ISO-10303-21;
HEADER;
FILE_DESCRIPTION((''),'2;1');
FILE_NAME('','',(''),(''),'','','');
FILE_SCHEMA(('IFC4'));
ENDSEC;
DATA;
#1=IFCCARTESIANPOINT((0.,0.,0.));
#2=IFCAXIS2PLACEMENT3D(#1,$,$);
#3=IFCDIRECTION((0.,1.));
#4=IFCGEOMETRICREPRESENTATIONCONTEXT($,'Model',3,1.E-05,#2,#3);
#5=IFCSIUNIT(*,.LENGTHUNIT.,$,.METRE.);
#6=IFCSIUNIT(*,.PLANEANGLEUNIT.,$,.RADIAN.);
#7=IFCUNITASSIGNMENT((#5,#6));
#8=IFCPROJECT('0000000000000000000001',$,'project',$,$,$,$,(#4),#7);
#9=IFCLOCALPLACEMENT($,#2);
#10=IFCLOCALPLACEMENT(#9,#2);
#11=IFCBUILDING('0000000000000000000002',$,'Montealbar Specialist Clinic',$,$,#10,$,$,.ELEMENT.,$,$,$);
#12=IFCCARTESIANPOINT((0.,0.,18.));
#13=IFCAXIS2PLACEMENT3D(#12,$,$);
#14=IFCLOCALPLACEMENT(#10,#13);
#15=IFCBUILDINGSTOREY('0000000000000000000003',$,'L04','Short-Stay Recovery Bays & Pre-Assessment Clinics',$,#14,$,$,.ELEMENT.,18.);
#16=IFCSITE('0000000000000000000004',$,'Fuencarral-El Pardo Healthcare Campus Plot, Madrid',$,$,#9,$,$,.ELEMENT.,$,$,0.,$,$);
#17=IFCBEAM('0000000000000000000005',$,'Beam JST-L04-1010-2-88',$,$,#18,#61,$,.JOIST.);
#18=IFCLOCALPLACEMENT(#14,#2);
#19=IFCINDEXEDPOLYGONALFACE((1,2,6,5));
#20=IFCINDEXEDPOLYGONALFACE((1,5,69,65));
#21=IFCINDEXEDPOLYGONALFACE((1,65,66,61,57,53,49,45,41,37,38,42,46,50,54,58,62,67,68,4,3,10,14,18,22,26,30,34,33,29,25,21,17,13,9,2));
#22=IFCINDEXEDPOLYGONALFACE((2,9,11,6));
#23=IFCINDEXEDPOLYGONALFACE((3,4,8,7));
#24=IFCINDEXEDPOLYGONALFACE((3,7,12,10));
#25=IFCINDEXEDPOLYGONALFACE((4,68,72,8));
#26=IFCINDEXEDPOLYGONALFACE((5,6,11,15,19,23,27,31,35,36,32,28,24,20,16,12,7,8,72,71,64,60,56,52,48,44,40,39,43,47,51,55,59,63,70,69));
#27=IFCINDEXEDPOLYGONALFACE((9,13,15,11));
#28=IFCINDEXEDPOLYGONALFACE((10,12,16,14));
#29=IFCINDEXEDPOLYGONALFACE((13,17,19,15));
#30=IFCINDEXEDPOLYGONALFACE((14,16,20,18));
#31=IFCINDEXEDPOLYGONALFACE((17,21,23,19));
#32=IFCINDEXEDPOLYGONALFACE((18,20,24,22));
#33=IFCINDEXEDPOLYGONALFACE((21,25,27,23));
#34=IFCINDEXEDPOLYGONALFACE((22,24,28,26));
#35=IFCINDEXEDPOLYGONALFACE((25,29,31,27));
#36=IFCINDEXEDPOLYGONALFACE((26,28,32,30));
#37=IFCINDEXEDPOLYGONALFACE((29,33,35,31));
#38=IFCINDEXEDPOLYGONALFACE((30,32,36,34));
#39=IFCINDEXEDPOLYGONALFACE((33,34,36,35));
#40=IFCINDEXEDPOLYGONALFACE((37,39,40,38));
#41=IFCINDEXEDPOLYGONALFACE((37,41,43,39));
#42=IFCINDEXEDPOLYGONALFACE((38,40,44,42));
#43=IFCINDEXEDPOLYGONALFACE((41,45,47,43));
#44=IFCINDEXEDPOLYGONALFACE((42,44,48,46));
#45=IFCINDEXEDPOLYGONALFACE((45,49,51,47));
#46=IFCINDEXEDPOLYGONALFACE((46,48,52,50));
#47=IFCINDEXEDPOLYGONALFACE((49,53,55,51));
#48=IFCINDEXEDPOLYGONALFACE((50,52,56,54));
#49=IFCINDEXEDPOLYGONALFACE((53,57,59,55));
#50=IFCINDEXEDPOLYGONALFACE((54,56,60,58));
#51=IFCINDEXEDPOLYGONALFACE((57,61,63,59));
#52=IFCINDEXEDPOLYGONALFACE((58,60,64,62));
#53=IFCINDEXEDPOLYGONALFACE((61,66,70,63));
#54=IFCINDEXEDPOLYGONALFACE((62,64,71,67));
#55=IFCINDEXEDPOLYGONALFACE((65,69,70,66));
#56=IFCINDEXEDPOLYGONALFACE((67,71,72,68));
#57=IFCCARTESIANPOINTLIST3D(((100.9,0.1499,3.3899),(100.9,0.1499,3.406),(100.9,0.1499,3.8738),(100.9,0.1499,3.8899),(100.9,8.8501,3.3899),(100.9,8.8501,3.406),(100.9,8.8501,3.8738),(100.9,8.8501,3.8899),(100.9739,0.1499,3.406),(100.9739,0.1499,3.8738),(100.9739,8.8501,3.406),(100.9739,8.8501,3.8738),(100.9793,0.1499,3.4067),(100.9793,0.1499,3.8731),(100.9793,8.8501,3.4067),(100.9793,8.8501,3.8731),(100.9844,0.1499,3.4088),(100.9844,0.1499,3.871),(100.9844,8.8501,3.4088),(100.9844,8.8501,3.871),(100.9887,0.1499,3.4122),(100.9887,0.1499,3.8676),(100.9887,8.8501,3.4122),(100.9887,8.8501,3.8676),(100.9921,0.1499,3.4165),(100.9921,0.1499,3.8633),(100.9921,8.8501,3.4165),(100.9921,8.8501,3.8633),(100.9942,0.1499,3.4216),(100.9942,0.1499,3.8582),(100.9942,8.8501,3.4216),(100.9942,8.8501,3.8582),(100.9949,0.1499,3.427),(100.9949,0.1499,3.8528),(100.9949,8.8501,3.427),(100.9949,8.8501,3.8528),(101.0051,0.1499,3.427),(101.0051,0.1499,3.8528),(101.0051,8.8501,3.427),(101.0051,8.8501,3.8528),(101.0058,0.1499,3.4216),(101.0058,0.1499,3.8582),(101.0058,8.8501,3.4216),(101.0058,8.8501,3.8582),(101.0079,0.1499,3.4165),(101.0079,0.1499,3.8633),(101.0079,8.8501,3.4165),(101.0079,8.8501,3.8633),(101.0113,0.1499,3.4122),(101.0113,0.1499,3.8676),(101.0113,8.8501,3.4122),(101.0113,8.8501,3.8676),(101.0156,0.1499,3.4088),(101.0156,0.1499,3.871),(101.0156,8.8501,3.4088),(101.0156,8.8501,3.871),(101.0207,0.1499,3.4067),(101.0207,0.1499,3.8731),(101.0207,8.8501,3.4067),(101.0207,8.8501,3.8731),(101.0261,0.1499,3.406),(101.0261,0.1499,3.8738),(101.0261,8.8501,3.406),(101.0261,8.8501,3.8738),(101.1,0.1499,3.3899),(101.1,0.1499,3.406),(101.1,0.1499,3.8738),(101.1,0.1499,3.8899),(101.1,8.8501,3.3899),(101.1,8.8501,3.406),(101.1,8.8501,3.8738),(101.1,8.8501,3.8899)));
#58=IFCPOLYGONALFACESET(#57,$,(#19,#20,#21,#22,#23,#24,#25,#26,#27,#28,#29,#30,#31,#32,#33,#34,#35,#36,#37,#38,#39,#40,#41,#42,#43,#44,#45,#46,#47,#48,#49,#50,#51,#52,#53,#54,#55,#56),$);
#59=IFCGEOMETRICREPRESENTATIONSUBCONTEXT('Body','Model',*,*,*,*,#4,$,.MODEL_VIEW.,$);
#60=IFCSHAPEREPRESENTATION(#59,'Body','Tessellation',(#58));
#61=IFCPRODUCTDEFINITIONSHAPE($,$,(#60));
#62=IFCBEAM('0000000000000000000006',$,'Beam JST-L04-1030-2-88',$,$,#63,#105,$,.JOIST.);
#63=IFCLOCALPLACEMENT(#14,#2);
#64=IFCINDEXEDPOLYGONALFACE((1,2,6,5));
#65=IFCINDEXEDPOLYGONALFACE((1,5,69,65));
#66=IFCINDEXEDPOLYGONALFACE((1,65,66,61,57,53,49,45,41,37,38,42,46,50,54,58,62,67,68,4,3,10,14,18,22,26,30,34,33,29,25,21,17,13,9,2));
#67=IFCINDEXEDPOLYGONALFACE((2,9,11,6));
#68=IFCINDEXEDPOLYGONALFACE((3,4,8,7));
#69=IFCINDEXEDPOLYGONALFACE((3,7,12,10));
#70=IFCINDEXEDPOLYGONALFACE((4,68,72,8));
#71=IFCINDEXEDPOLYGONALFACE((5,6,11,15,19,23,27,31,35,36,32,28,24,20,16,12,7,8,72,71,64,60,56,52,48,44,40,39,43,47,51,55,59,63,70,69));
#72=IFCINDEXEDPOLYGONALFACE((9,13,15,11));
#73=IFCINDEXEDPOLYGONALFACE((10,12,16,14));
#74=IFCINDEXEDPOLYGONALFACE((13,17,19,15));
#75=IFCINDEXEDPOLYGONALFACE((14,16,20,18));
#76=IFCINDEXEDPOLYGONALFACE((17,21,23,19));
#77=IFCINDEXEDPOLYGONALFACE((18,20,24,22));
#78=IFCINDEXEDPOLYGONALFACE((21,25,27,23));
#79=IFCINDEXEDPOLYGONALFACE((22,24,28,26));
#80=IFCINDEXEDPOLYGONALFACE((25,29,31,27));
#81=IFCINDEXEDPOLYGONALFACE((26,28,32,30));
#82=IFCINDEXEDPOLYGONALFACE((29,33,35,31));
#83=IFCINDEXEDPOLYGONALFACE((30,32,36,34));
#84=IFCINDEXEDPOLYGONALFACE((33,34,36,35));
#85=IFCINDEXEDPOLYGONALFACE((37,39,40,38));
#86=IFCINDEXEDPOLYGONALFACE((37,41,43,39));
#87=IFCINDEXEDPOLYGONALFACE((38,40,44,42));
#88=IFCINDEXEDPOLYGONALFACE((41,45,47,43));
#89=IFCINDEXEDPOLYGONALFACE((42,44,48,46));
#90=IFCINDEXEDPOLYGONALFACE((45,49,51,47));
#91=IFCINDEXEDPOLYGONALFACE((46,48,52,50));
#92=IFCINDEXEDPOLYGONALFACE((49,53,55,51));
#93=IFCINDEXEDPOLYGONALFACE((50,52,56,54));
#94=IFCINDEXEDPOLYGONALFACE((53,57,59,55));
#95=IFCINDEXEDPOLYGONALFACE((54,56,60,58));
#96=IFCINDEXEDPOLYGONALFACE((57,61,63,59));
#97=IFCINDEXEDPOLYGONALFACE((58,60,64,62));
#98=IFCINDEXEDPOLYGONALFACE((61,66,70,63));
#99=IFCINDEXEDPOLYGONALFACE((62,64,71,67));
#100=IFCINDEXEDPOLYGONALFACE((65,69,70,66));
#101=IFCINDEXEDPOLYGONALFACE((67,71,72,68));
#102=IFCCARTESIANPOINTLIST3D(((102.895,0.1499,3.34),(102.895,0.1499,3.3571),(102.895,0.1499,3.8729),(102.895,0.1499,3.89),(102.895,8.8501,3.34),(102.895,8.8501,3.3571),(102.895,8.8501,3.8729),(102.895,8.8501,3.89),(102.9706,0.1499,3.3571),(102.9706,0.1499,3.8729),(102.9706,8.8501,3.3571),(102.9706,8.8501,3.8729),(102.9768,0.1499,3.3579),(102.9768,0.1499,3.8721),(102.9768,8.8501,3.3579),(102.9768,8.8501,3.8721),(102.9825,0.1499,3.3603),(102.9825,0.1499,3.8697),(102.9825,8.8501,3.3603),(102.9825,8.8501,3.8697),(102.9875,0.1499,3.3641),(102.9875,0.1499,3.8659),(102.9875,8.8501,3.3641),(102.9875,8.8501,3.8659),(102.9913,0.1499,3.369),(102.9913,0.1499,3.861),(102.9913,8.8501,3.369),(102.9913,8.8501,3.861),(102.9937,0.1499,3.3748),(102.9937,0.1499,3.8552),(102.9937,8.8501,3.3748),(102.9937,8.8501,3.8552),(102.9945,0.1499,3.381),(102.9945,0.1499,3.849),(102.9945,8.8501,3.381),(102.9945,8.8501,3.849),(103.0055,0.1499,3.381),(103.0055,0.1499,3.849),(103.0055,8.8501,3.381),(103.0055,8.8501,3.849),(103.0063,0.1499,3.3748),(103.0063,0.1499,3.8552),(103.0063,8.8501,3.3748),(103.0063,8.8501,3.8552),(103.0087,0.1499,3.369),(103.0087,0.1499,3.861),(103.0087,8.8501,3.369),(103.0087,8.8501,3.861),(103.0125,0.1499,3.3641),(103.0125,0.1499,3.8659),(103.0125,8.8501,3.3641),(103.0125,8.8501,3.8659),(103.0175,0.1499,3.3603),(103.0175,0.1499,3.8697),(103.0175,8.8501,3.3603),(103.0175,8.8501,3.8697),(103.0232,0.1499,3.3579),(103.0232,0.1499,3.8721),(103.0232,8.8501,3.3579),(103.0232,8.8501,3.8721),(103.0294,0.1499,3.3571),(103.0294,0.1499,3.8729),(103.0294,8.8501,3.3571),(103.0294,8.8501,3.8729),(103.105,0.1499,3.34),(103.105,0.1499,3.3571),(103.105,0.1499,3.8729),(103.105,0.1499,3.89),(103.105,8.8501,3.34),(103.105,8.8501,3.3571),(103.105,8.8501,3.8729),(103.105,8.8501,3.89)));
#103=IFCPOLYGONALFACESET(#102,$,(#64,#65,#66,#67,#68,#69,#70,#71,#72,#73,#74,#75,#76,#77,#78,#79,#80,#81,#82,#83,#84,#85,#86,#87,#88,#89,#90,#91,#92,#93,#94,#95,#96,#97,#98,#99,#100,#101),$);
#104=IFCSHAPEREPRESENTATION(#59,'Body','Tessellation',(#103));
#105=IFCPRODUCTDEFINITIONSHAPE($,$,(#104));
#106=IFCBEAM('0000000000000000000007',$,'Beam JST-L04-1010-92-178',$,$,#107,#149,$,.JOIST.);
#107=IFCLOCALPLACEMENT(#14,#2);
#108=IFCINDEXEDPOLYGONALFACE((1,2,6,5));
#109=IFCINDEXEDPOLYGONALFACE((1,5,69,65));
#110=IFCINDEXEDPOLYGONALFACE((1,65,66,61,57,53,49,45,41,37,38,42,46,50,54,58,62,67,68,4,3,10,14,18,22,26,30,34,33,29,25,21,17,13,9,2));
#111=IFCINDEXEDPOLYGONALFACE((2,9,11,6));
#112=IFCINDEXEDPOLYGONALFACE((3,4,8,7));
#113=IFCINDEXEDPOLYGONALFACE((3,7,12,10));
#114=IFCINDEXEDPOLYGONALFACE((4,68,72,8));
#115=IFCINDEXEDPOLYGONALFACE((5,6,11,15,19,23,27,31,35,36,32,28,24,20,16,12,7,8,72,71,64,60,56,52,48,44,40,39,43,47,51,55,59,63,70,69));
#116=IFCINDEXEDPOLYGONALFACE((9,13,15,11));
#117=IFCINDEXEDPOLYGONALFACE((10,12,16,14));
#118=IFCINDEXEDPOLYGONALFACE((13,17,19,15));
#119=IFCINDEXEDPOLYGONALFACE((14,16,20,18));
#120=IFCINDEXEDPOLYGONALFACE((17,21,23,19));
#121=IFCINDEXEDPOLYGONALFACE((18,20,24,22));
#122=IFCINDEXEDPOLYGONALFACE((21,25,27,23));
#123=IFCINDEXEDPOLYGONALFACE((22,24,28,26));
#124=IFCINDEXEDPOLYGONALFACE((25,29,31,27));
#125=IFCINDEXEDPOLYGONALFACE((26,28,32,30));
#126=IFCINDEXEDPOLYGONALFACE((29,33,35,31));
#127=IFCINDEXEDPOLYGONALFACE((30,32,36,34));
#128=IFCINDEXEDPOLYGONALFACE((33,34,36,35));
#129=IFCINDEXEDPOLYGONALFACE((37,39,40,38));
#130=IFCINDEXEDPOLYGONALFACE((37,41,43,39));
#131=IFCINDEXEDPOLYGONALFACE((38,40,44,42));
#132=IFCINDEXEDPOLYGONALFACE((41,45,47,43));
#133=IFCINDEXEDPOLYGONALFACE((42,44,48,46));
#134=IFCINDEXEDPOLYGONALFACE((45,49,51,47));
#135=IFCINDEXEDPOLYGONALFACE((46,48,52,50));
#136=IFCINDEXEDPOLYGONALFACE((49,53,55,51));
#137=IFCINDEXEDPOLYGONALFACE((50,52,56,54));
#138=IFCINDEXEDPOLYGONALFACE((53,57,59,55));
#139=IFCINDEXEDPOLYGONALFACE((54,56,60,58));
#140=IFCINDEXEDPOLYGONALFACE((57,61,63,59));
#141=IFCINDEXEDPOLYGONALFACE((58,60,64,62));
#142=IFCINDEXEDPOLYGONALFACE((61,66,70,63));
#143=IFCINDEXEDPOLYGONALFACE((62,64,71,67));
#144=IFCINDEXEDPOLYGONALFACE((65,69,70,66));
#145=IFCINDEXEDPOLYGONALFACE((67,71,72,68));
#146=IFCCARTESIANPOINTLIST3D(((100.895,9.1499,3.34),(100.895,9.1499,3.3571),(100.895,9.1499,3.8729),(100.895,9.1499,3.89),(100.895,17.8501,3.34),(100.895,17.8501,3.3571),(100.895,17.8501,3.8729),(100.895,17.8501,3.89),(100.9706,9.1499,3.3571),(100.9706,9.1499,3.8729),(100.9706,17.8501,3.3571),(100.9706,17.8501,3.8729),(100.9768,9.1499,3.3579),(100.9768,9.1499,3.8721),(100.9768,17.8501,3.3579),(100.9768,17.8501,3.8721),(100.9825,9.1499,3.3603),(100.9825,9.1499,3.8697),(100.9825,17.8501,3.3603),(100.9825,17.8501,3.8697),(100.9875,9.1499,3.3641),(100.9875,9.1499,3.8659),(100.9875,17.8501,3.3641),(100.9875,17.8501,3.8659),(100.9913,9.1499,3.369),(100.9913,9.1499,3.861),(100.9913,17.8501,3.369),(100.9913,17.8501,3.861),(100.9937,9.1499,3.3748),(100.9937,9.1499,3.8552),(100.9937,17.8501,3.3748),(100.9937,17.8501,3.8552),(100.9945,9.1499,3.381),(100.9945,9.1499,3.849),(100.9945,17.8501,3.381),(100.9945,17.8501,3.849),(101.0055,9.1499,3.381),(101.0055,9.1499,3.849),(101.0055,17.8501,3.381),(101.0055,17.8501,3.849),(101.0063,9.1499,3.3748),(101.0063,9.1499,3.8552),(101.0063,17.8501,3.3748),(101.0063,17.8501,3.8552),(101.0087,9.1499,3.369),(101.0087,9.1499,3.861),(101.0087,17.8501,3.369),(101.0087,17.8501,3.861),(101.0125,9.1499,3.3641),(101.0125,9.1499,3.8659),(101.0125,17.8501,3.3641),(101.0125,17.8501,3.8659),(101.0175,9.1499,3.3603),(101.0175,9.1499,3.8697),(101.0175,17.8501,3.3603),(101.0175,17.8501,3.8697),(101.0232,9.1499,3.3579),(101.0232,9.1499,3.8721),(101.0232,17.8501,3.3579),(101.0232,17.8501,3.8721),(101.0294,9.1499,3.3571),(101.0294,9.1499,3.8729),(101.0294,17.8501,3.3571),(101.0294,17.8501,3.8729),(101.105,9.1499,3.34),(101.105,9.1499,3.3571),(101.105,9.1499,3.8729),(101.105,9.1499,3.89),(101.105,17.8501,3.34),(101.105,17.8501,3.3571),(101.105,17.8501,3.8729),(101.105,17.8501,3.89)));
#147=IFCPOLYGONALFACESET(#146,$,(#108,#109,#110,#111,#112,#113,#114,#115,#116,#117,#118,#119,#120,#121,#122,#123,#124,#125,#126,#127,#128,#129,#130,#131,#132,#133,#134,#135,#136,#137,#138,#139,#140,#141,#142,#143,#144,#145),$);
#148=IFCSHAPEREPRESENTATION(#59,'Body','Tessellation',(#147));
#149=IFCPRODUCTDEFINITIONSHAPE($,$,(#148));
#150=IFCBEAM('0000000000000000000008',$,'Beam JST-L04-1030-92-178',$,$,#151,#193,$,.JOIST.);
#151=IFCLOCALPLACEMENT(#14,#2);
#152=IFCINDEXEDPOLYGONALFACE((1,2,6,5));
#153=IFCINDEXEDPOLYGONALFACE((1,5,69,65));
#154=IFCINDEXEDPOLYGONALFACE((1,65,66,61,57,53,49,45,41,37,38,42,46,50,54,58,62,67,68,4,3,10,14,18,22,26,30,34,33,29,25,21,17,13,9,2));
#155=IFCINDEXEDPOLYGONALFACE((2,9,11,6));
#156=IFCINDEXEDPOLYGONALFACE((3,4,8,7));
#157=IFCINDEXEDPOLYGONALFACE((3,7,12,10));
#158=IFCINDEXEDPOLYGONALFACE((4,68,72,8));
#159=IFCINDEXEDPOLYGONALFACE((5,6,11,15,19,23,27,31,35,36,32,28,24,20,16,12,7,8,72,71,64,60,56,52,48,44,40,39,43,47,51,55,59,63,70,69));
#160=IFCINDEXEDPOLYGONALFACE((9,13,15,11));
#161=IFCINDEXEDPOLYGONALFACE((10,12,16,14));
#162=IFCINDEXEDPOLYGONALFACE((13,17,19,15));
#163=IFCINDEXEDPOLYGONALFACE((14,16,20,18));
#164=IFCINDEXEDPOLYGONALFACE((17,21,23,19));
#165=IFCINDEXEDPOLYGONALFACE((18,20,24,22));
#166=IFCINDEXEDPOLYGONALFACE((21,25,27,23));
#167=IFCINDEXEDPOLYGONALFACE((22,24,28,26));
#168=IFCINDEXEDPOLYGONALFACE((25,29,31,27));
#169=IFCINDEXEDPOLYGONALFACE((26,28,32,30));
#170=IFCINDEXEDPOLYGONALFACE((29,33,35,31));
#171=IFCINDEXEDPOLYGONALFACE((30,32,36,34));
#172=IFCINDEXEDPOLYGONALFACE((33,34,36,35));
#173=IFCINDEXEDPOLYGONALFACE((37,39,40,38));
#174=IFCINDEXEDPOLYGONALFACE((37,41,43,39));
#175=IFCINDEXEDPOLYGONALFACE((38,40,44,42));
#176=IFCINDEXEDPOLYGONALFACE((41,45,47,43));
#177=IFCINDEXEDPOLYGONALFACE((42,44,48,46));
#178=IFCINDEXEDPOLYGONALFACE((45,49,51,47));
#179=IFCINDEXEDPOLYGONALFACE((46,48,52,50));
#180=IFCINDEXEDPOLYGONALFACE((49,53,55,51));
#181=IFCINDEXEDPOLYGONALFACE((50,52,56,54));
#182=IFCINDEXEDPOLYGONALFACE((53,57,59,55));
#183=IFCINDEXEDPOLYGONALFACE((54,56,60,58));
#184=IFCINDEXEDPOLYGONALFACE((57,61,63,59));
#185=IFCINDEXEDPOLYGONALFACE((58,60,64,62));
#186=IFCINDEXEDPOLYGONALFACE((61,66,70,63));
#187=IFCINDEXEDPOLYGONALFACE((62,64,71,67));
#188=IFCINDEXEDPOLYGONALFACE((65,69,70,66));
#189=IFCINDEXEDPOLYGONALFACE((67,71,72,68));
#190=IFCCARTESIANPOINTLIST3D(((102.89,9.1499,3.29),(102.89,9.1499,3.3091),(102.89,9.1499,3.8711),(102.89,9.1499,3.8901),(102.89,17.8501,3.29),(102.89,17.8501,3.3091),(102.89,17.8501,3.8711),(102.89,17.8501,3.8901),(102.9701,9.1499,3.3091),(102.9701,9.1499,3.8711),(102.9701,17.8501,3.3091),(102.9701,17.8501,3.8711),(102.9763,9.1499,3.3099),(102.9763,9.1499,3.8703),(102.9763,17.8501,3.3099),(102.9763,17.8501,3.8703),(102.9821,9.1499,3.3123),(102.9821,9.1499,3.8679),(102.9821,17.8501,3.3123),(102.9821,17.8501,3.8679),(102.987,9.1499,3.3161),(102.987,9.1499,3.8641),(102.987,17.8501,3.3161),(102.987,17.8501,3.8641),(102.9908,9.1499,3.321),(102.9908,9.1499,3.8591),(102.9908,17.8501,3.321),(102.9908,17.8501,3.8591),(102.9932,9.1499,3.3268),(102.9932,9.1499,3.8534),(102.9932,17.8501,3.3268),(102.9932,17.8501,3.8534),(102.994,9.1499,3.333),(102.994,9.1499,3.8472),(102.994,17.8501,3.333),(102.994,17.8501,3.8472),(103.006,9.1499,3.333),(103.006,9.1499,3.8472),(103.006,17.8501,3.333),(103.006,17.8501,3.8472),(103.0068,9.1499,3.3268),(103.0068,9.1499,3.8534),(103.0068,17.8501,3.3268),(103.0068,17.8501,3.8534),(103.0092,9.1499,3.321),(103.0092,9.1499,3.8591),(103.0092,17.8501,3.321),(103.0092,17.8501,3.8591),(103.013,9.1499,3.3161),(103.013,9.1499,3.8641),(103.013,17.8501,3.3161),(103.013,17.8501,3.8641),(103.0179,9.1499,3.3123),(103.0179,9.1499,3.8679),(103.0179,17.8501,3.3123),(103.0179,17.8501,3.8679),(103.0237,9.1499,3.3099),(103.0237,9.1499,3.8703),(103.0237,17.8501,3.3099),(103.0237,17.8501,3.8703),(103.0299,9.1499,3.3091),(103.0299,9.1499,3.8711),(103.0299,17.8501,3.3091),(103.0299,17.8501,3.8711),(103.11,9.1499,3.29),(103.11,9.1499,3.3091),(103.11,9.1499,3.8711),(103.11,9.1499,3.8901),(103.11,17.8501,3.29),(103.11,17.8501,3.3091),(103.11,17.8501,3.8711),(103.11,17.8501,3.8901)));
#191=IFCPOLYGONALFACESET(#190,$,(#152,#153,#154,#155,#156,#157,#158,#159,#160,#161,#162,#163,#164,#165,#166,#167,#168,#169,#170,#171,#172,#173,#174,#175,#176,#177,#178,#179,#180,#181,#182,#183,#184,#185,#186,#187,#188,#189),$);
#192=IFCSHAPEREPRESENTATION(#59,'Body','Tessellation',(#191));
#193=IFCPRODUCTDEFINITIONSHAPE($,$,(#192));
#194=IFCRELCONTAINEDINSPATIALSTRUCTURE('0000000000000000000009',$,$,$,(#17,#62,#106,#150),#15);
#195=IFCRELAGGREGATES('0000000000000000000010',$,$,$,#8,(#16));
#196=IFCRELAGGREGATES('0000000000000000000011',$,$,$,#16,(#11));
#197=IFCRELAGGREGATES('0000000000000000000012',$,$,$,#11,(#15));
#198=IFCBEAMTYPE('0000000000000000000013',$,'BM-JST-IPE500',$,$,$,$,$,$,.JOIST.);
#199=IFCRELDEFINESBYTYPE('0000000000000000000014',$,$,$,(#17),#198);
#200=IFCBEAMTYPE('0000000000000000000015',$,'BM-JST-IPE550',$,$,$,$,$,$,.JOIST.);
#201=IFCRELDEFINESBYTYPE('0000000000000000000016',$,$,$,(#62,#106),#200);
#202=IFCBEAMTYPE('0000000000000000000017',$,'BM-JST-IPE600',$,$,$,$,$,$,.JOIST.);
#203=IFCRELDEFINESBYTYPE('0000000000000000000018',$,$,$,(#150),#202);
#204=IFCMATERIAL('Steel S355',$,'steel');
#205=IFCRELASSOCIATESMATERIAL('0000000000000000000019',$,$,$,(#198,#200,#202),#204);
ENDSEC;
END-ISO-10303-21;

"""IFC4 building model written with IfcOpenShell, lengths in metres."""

from ifc_helpers import new_model, si_unit, direction, frame, origin, origin_2d, place, context, subcontext, project, spatial, i_section, extrude, material, material_profile, profile_set, type_object, element, save


model = new_model("IFC4")

# Units and contexts
model_context = context("Model", 3, precision=1e-05, world=origin(), true_north=direction((0.0, 1.0)))
body_context = subcontext(model_context, "Body", "Model", "MODEL_VIEW")
ifc_project = project(units=[si_unit("LENGTHUNIT", "METRE"), si_unit("PLANEANGLEUNIT", "RADIAN")], contexts=[model_context])

# Site, building, storey
site_placement = place(None, origin())
site = spatial("IfcSite", under=ifc_project, at=site_placement, Name="Fuencarral-El Pardo Healthcare Campus Plot, Madrid", CompositionType="ELEMENT", RefElevation=0.0)
building_placement = place(site_placement, origin())
building = spatial("IfcBuilding", under=site, at=building_placement, Name="Montealbar Specialist Clinic", CompositionType="ELEMENT")
storey_placement = place(building_placement, frame((0.0, 0.0, 18.0)))
storey = spatial("IfcBuildingStorey", under=building, at=storey_placement, Name="L04", Description="Short-Stay Recovery Bays & Pre-Assessment Clinics", CompositionType="ELEMENT", Elevation=18.0)

# Shared definitions
ifc_material_1 = material(Name="Steel S355", Category="steel")

# Beams
ifc_material_profile_1 = material_profile(ifc_material_1, i_section(OverallWidth=0.2, OverallDepth=0.5, WebThickness=0.0103, FlangeThickness=0.0161, FilletRadius=0.021, at=origin_2d()), Name="IPE 500", Category="steel")
ifc_profile_set_1 = profile_set([ifc_material_profile_1], Name="Steel S355")
beam_type_1 = type_object("IfcBeamType", Name="BM-JST-IPE500", PredefinedType="JOIST", material=ifc_profile_set_1)
beam_1_placement = place(storey_placement, frame((101.0, 0.1499, 3.6399), z_axis=(0.0, 1.0, 0.0), x_axis=(-1.0, 0.0, 0.0)))
element("IfcBeam", 1, at=beam_1_placement, inside=storey, type_object=beam_type_1, Name="Beam JST-L04-1010-2-88", PredefinedType="JOIST", context=body_context, shape_type="SweptSolid", body=[
    extrude(i_section(OverallWidth=0.2, OverallDepth=0.5, WebThickness=0.0103, FlangeThickness=0.0161, FilletRadius=0.021, at=origin_2d()), origin(), (0.0, 0.0, 1.0), 8.7002),
])
ifc_material_profile_2 = material_profile(ifc_material_1, i_section(OverallWidth=0.21, OverallDepth=0.55, WebThickness=0.011, FlangeThickness=0.0171, FilletRadius=0.0239, at=origin_2d()), Name="IPE 550", Category="steel")
ifc_profile_set_2 = profile_set([ifc_material_profile_2], Name="Steel S355")
beam_type_2 = type_object("IfcBeamType", Name="BM-JST-IPE550", PredefinedType="JOIST", material=ifc_profile_set_2)
for number, where, z_axis, x_axis, name in (
    (2, (103.0, 0.1499, 3.615), (0.0, 1.0, 0.0), (-1.0, 0.0, 0.0), "Beam JST-L04-1030-2-88"),
    (3, (101.0, 9.1499, 3.615), (0.0, 1.0, 0.0), (-1.0, 0.0, 0.0), "Beam JST-L04-1010-92-178"),
):
    element("IfcBeam", number, at=place(storey_placement, frame(where, z_axis=z_axis, x_axis=x_axis)), inside=storey, type_object=beam_type_2, Name=name, PredefinedType="JOIST", context=body_context, shape_type="SweptSolid", body=[
        extrude(i_section(OverallWidth=0.21, OverallDepth=0.55, WebThickness=0.011, FlangeThickness=0.0171, FilletRadius=0.0239, at=origin_2d()), origin(), (0.0, 0.0, 1.0), 8.7002),
    ])
ifc_material_profile_3 = material_profile(ifc_material_1, i_section(OverallWidth=0.22, OverallDepth=0.6001, WebThickness=0.012, FlangeThickness=0.019, FilletRadius=0.0239, at=origin_2d()), Name="IPE 600", Category="steel")
ifc_profile_set_3 = profile_set([ifc_material_profile_3], Name="Steel S355")
beam_type_3 = type_object("IfcBeamType", Name="BM-JST-IPE600", PredefinedType="JOIST", material=ifc_profile_set_3)
beam_2_placement = place(storey_placement, frame((103.0, 9.1499, 3.5901), z_axis=(0.0, 1.0, 0.0), x_axis=(-1.0, 0.0, 0.0)))
element("IfcBeam", 4, at=beam_2_placement, inside=storey, type_object=beam_type_3, Name="Beam JST-L04-1030-92-178", PredefinedType="JOIST", context=body_context, shape_type="SweptSolid", body=[
    extrude(i_section(OverallWidth=0.22, OverallDepth=0.6001, WebThickness=0.012, FlangeThickness=0.019, FilletRadius=0.0239, at=origin_2d()), origin(), (0.0, 0.0, 1.0), 8.7002),
])

save(model, "model.ifc")
